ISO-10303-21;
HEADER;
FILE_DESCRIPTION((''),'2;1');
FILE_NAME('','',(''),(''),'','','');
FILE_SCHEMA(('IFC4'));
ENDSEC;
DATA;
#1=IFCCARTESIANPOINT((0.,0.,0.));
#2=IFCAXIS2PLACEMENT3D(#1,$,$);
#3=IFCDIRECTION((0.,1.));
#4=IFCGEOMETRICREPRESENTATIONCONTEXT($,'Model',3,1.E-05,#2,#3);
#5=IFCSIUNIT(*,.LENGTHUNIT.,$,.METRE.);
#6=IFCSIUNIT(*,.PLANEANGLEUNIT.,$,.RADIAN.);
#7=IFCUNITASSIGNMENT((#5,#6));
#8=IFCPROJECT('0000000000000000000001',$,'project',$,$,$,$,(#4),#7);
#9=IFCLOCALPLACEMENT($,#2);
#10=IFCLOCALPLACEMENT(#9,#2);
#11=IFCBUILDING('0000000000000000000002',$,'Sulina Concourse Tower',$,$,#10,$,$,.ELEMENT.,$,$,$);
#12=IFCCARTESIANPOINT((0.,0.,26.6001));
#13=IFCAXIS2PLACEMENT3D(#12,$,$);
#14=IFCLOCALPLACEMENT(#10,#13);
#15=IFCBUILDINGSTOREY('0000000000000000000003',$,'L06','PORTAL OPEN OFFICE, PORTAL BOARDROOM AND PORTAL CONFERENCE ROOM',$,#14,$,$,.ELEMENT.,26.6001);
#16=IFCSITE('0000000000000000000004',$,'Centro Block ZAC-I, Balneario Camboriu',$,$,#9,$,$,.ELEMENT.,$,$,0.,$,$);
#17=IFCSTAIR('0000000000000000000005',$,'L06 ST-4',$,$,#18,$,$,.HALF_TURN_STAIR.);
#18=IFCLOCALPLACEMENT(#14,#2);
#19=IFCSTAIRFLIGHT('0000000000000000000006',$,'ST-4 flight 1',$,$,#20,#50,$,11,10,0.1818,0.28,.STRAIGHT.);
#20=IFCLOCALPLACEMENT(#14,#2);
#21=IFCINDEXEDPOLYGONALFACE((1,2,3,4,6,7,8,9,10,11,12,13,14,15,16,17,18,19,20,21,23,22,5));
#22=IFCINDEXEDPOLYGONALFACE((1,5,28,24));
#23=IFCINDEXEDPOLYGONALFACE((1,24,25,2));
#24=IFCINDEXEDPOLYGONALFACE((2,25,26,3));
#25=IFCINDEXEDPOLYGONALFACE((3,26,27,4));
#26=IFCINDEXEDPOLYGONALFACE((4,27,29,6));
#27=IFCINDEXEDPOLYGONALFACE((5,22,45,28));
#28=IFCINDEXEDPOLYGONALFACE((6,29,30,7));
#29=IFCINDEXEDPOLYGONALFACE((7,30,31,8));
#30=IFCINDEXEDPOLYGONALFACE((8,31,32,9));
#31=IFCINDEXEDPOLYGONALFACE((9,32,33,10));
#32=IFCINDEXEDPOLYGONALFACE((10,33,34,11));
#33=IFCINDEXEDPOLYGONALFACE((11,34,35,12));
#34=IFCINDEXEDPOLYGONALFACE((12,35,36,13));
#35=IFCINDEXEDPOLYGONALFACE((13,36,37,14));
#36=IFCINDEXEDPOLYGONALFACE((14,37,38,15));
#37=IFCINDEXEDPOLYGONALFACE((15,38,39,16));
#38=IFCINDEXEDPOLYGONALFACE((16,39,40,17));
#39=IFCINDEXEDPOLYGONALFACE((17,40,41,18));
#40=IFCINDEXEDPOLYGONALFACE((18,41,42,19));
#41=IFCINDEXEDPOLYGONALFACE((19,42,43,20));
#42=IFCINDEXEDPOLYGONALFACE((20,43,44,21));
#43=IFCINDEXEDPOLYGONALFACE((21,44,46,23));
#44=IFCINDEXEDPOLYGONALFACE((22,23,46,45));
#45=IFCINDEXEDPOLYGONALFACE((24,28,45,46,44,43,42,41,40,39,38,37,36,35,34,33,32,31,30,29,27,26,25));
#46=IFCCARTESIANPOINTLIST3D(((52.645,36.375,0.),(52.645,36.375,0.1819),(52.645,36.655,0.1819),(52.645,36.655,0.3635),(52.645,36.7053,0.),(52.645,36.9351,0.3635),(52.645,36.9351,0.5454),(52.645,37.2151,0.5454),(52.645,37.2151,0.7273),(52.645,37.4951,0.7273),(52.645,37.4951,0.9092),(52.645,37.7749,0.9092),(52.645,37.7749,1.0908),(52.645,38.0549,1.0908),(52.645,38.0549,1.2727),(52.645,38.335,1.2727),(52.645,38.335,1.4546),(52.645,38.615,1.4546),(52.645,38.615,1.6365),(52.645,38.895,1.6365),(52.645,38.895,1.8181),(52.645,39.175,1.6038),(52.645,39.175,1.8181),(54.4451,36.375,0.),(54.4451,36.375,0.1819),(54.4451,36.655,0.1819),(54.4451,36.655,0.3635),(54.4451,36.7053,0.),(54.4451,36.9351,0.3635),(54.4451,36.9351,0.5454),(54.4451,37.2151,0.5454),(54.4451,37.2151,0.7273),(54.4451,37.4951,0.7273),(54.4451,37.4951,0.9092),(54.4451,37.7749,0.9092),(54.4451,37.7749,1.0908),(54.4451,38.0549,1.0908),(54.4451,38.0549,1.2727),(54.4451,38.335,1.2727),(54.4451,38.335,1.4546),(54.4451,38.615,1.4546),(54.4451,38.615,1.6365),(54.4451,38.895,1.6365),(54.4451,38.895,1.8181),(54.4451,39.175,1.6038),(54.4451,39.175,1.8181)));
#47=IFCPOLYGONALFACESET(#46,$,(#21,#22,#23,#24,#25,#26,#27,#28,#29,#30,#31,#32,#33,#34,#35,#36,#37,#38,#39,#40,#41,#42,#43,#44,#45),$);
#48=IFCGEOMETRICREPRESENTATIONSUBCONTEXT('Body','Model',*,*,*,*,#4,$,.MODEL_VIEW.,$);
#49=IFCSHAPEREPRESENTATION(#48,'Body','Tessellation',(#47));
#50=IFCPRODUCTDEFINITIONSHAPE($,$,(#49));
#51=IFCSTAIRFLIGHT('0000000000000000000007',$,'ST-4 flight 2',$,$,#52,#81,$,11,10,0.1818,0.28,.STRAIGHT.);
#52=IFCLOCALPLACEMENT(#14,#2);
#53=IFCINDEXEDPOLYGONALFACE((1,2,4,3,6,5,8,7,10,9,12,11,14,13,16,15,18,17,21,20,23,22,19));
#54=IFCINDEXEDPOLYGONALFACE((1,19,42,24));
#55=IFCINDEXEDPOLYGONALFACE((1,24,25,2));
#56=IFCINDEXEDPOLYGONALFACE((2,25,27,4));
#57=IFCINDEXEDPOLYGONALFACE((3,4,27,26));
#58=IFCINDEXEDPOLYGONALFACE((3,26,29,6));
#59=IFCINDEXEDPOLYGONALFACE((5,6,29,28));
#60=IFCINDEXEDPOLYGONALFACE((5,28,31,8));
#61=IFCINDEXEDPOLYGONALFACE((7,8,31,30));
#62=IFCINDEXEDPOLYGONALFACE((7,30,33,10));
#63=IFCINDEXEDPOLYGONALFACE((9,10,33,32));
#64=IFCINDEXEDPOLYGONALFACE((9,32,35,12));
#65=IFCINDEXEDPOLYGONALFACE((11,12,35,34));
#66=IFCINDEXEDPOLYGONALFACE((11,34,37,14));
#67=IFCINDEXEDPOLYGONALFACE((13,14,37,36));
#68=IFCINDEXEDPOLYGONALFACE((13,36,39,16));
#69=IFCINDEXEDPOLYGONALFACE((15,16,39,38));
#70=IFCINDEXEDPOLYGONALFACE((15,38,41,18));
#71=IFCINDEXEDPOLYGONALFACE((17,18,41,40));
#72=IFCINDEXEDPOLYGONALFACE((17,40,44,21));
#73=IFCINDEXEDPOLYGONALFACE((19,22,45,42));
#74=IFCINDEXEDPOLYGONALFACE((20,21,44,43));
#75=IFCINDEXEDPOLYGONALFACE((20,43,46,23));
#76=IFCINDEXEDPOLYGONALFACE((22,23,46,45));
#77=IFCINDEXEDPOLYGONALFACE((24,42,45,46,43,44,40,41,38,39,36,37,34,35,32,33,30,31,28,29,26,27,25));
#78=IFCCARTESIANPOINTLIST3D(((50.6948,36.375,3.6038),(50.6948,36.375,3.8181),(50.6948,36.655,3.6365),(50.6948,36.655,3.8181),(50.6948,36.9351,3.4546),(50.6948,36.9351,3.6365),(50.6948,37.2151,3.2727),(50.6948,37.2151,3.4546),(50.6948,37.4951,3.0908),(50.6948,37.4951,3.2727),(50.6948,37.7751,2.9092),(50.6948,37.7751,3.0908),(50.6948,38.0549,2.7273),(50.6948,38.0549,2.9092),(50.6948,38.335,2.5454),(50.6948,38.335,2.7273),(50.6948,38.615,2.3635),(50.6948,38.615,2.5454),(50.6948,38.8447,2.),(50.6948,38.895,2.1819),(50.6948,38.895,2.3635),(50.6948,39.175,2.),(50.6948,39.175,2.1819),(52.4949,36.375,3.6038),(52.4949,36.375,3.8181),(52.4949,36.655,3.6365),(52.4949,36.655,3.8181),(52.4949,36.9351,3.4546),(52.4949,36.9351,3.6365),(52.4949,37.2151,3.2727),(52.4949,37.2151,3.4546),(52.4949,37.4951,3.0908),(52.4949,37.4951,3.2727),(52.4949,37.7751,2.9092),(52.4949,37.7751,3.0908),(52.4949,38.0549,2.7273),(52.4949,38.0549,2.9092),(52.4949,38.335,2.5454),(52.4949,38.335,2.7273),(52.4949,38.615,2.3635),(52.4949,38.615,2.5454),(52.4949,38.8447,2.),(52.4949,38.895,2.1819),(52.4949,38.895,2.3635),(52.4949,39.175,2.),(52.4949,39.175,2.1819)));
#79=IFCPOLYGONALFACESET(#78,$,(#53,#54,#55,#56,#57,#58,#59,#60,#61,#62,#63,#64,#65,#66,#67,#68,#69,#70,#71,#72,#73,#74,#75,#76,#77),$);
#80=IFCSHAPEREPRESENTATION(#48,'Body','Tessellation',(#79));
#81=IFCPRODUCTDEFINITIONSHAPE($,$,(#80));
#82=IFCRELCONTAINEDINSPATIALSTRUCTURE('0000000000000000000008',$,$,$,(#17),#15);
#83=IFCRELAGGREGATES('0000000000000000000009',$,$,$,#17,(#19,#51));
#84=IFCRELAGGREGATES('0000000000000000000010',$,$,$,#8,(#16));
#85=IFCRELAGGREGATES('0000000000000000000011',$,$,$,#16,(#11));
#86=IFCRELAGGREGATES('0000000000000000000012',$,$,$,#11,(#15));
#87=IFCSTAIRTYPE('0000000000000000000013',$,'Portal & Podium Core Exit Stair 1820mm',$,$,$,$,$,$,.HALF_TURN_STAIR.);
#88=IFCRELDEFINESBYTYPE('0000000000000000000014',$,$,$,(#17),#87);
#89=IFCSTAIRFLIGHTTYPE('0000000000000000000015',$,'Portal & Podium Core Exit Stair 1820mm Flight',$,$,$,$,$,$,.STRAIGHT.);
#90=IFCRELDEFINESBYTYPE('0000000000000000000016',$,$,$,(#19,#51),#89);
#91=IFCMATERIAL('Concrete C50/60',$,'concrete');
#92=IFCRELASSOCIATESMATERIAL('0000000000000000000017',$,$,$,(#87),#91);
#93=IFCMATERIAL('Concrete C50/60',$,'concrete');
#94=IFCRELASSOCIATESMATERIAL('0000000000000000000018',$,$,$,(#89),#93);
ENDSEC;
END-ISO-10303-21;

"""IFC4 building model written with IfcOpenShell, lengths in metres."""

from ifc_helpers import new_model, si_unit, direction, frame, origin, place, context, subcontext, project, spatial, polyline, outline, extrude, material, type_object, element, aggregate, save


model = new_model("IFC4")

# Units and contexts
model_context = context("Model", 3, precision=1e-05, world=origin(), true_north=direction((0.0, 1.0)))
body_context = subcontext(model_context, "Body", "Model", "MODEL_VIEW")
ifc_project = project(units=[si_unit("LENGTHUNIT", "METRE"), si_unit("PLANEANGLEUNIT", "RADIAN")], contexts=[model_context])

# Site, building, storey
site_placement = place(None, origin())
site = spatial("IfcSite", under=ifc_project, at=site_placement, Name="Centro Block ZAC-I, Balneario Camboriu", CompositionType="ELEMENT", RefElevation=0.0)
building_placement = place(site_placement, origin())
building = spatial("IfcBuilding", under=site, at=building_placement, Name="Sulina Concourse Tower", CompositionType="ELEMENT")
storey_placement = place(building_placement, frame((0.0, 0.0, 26.6001)))
storey = spatial("IfcBuildingStorey", under=building, at=storey_placement, Name="L06", Description="PORTAL OPEN OFFICE, PORTAL BOARDROOM AND PORTAL CONFERENCE ROOM", CompositionType="ELEMENT", Elevation=26.6001)

# Stair, stair flights
ifc_material_1 = material(Name="Concrete C50/60", Category="concrete")
stair_type = type_object("IfcStairType", Name="Portal & Podium Core Exit Stair 1820mm", PredefinedType="HALF_TURN_STAIR", material=ifc_material_1)
stair_placement = place(storey_placement, origin())
stair = element("IfcStair", 1, at=stair_placement, inside=storey, type_object=stair_type, Name="L06 ST-4", PredefinedType="HALF_TURN_STAIR")
ifc_material_2 = material(Name="Concrete C50/60", Category="concrete")
stair_flight_type = type_object("IfcStairFlightType", Name="Portal & Podium Core Exit Stair 1820mm Flight", PredefinedType="STRAIGHT", material=ifc_material_2)
stair_flight_1_placement = place(storey_placement, frame((53.5449, 36.375, 0.0), z_axis=(0.0, 0.0, 1.0), x_axis=(0.0, 1.0, 0.0)))
stair_flight_1 = element("IfcStairFlight", 2, at=stair_flight_1_placement, type_object=stair_flight_type, Name="ST-4 flight 1", NumberOfRisers=11, NumberOfTreads=10, PredefinedType="STRAIGHT", RiserHeight=0.1818, TreadLength=0.28, context=body_context, shape_type="SweptSolid", body=[
    extrude(outline(polyline([(0.0, 0.0), (0.0, 0.1819), (0.28, 0.1819), (0.28, 0.3635), (0.5601, 0.3635), (0.5601, 0.5454), (0.8401, 0.5454), (0.8401, 0.7273), (1.1201, 0.7273), (1.1201, 0.9092), (1.3999, 0.9092), (1.3999, 1.0908), (1.6799, 1.0908), (1.6799, 1.2727), (1.96, 1.2727), (1.96, 1.4546), (2.24, 1.4546), (2.24, 1.6365), (2.52, 1.6365), (2.52, 1.8181), (2.8, 1.8181), (2.8, 2.0), (2.8, 1.6038), (0.3303, 0.0), (0.0, 0.0)])), frame((0.0, 0.8999, 0.0), z_axis=(0.0, -1.0, 0.0), x_axis=(1.0, 0.0, 0.0)), (0.0, 0.0, 1.0), 1.8),
])
stair_flight_2_placement = place(storey_placement, frame((51.595, 39.175, 2.0), z_axis=(0.0, 0.0, 1.0), x_axis=(0.0, -1.0, 0.0)))
stair_flight_2 = element("IfcStairFlight", 3, at=stair_flight_2_placement, type_object=stair_flight_type, Name="ST-4 flight 2", NumberOfRisers=11, NumberOfTreads=10, PredefinedType="STRAIGHT", RiserHeight=0.1818, TreadLength=0.28, context=body_context, shape_type="SweptSolid", body=[
    extrude(outline(polyline([(0.0, 0.0), (0.0, 0.1819), (0.28, 0.1819), (0.28, 0.3635), (0.5601, 0.3635), (0.5601, 0.5454), (0.8401, 0.5454), (0.8401, 0.7273), (1.1201, 0.7273), (1.1201, 0.9092), (1.3999, 0.9092), (1.3999, 1.0908), (1.6799, 1.0908), (1.6799, 1.2727), (1.96, 1.2727), (1.96, 1.4546), (2.24, 1.4546), (2.24, 1.6365), (2.52, 1.6365), (2.52, 1.8181), (2.8, 1.8181), (2.8, 2.0), (2.8, 1.6038), (0.3303, 0.0), (0.0, 0.0)])), frame((0.0, 0.8999, 0.0), z_axis=(0.0, -1.0, 0.0), x_axis=(1.0, 0.0, 0.0)), (0.0, 0.0, 1.0), 1.8),
])
aggregate(stair, [stair_flight_1, stair_flight_2])

save(model, "model.ifc")
